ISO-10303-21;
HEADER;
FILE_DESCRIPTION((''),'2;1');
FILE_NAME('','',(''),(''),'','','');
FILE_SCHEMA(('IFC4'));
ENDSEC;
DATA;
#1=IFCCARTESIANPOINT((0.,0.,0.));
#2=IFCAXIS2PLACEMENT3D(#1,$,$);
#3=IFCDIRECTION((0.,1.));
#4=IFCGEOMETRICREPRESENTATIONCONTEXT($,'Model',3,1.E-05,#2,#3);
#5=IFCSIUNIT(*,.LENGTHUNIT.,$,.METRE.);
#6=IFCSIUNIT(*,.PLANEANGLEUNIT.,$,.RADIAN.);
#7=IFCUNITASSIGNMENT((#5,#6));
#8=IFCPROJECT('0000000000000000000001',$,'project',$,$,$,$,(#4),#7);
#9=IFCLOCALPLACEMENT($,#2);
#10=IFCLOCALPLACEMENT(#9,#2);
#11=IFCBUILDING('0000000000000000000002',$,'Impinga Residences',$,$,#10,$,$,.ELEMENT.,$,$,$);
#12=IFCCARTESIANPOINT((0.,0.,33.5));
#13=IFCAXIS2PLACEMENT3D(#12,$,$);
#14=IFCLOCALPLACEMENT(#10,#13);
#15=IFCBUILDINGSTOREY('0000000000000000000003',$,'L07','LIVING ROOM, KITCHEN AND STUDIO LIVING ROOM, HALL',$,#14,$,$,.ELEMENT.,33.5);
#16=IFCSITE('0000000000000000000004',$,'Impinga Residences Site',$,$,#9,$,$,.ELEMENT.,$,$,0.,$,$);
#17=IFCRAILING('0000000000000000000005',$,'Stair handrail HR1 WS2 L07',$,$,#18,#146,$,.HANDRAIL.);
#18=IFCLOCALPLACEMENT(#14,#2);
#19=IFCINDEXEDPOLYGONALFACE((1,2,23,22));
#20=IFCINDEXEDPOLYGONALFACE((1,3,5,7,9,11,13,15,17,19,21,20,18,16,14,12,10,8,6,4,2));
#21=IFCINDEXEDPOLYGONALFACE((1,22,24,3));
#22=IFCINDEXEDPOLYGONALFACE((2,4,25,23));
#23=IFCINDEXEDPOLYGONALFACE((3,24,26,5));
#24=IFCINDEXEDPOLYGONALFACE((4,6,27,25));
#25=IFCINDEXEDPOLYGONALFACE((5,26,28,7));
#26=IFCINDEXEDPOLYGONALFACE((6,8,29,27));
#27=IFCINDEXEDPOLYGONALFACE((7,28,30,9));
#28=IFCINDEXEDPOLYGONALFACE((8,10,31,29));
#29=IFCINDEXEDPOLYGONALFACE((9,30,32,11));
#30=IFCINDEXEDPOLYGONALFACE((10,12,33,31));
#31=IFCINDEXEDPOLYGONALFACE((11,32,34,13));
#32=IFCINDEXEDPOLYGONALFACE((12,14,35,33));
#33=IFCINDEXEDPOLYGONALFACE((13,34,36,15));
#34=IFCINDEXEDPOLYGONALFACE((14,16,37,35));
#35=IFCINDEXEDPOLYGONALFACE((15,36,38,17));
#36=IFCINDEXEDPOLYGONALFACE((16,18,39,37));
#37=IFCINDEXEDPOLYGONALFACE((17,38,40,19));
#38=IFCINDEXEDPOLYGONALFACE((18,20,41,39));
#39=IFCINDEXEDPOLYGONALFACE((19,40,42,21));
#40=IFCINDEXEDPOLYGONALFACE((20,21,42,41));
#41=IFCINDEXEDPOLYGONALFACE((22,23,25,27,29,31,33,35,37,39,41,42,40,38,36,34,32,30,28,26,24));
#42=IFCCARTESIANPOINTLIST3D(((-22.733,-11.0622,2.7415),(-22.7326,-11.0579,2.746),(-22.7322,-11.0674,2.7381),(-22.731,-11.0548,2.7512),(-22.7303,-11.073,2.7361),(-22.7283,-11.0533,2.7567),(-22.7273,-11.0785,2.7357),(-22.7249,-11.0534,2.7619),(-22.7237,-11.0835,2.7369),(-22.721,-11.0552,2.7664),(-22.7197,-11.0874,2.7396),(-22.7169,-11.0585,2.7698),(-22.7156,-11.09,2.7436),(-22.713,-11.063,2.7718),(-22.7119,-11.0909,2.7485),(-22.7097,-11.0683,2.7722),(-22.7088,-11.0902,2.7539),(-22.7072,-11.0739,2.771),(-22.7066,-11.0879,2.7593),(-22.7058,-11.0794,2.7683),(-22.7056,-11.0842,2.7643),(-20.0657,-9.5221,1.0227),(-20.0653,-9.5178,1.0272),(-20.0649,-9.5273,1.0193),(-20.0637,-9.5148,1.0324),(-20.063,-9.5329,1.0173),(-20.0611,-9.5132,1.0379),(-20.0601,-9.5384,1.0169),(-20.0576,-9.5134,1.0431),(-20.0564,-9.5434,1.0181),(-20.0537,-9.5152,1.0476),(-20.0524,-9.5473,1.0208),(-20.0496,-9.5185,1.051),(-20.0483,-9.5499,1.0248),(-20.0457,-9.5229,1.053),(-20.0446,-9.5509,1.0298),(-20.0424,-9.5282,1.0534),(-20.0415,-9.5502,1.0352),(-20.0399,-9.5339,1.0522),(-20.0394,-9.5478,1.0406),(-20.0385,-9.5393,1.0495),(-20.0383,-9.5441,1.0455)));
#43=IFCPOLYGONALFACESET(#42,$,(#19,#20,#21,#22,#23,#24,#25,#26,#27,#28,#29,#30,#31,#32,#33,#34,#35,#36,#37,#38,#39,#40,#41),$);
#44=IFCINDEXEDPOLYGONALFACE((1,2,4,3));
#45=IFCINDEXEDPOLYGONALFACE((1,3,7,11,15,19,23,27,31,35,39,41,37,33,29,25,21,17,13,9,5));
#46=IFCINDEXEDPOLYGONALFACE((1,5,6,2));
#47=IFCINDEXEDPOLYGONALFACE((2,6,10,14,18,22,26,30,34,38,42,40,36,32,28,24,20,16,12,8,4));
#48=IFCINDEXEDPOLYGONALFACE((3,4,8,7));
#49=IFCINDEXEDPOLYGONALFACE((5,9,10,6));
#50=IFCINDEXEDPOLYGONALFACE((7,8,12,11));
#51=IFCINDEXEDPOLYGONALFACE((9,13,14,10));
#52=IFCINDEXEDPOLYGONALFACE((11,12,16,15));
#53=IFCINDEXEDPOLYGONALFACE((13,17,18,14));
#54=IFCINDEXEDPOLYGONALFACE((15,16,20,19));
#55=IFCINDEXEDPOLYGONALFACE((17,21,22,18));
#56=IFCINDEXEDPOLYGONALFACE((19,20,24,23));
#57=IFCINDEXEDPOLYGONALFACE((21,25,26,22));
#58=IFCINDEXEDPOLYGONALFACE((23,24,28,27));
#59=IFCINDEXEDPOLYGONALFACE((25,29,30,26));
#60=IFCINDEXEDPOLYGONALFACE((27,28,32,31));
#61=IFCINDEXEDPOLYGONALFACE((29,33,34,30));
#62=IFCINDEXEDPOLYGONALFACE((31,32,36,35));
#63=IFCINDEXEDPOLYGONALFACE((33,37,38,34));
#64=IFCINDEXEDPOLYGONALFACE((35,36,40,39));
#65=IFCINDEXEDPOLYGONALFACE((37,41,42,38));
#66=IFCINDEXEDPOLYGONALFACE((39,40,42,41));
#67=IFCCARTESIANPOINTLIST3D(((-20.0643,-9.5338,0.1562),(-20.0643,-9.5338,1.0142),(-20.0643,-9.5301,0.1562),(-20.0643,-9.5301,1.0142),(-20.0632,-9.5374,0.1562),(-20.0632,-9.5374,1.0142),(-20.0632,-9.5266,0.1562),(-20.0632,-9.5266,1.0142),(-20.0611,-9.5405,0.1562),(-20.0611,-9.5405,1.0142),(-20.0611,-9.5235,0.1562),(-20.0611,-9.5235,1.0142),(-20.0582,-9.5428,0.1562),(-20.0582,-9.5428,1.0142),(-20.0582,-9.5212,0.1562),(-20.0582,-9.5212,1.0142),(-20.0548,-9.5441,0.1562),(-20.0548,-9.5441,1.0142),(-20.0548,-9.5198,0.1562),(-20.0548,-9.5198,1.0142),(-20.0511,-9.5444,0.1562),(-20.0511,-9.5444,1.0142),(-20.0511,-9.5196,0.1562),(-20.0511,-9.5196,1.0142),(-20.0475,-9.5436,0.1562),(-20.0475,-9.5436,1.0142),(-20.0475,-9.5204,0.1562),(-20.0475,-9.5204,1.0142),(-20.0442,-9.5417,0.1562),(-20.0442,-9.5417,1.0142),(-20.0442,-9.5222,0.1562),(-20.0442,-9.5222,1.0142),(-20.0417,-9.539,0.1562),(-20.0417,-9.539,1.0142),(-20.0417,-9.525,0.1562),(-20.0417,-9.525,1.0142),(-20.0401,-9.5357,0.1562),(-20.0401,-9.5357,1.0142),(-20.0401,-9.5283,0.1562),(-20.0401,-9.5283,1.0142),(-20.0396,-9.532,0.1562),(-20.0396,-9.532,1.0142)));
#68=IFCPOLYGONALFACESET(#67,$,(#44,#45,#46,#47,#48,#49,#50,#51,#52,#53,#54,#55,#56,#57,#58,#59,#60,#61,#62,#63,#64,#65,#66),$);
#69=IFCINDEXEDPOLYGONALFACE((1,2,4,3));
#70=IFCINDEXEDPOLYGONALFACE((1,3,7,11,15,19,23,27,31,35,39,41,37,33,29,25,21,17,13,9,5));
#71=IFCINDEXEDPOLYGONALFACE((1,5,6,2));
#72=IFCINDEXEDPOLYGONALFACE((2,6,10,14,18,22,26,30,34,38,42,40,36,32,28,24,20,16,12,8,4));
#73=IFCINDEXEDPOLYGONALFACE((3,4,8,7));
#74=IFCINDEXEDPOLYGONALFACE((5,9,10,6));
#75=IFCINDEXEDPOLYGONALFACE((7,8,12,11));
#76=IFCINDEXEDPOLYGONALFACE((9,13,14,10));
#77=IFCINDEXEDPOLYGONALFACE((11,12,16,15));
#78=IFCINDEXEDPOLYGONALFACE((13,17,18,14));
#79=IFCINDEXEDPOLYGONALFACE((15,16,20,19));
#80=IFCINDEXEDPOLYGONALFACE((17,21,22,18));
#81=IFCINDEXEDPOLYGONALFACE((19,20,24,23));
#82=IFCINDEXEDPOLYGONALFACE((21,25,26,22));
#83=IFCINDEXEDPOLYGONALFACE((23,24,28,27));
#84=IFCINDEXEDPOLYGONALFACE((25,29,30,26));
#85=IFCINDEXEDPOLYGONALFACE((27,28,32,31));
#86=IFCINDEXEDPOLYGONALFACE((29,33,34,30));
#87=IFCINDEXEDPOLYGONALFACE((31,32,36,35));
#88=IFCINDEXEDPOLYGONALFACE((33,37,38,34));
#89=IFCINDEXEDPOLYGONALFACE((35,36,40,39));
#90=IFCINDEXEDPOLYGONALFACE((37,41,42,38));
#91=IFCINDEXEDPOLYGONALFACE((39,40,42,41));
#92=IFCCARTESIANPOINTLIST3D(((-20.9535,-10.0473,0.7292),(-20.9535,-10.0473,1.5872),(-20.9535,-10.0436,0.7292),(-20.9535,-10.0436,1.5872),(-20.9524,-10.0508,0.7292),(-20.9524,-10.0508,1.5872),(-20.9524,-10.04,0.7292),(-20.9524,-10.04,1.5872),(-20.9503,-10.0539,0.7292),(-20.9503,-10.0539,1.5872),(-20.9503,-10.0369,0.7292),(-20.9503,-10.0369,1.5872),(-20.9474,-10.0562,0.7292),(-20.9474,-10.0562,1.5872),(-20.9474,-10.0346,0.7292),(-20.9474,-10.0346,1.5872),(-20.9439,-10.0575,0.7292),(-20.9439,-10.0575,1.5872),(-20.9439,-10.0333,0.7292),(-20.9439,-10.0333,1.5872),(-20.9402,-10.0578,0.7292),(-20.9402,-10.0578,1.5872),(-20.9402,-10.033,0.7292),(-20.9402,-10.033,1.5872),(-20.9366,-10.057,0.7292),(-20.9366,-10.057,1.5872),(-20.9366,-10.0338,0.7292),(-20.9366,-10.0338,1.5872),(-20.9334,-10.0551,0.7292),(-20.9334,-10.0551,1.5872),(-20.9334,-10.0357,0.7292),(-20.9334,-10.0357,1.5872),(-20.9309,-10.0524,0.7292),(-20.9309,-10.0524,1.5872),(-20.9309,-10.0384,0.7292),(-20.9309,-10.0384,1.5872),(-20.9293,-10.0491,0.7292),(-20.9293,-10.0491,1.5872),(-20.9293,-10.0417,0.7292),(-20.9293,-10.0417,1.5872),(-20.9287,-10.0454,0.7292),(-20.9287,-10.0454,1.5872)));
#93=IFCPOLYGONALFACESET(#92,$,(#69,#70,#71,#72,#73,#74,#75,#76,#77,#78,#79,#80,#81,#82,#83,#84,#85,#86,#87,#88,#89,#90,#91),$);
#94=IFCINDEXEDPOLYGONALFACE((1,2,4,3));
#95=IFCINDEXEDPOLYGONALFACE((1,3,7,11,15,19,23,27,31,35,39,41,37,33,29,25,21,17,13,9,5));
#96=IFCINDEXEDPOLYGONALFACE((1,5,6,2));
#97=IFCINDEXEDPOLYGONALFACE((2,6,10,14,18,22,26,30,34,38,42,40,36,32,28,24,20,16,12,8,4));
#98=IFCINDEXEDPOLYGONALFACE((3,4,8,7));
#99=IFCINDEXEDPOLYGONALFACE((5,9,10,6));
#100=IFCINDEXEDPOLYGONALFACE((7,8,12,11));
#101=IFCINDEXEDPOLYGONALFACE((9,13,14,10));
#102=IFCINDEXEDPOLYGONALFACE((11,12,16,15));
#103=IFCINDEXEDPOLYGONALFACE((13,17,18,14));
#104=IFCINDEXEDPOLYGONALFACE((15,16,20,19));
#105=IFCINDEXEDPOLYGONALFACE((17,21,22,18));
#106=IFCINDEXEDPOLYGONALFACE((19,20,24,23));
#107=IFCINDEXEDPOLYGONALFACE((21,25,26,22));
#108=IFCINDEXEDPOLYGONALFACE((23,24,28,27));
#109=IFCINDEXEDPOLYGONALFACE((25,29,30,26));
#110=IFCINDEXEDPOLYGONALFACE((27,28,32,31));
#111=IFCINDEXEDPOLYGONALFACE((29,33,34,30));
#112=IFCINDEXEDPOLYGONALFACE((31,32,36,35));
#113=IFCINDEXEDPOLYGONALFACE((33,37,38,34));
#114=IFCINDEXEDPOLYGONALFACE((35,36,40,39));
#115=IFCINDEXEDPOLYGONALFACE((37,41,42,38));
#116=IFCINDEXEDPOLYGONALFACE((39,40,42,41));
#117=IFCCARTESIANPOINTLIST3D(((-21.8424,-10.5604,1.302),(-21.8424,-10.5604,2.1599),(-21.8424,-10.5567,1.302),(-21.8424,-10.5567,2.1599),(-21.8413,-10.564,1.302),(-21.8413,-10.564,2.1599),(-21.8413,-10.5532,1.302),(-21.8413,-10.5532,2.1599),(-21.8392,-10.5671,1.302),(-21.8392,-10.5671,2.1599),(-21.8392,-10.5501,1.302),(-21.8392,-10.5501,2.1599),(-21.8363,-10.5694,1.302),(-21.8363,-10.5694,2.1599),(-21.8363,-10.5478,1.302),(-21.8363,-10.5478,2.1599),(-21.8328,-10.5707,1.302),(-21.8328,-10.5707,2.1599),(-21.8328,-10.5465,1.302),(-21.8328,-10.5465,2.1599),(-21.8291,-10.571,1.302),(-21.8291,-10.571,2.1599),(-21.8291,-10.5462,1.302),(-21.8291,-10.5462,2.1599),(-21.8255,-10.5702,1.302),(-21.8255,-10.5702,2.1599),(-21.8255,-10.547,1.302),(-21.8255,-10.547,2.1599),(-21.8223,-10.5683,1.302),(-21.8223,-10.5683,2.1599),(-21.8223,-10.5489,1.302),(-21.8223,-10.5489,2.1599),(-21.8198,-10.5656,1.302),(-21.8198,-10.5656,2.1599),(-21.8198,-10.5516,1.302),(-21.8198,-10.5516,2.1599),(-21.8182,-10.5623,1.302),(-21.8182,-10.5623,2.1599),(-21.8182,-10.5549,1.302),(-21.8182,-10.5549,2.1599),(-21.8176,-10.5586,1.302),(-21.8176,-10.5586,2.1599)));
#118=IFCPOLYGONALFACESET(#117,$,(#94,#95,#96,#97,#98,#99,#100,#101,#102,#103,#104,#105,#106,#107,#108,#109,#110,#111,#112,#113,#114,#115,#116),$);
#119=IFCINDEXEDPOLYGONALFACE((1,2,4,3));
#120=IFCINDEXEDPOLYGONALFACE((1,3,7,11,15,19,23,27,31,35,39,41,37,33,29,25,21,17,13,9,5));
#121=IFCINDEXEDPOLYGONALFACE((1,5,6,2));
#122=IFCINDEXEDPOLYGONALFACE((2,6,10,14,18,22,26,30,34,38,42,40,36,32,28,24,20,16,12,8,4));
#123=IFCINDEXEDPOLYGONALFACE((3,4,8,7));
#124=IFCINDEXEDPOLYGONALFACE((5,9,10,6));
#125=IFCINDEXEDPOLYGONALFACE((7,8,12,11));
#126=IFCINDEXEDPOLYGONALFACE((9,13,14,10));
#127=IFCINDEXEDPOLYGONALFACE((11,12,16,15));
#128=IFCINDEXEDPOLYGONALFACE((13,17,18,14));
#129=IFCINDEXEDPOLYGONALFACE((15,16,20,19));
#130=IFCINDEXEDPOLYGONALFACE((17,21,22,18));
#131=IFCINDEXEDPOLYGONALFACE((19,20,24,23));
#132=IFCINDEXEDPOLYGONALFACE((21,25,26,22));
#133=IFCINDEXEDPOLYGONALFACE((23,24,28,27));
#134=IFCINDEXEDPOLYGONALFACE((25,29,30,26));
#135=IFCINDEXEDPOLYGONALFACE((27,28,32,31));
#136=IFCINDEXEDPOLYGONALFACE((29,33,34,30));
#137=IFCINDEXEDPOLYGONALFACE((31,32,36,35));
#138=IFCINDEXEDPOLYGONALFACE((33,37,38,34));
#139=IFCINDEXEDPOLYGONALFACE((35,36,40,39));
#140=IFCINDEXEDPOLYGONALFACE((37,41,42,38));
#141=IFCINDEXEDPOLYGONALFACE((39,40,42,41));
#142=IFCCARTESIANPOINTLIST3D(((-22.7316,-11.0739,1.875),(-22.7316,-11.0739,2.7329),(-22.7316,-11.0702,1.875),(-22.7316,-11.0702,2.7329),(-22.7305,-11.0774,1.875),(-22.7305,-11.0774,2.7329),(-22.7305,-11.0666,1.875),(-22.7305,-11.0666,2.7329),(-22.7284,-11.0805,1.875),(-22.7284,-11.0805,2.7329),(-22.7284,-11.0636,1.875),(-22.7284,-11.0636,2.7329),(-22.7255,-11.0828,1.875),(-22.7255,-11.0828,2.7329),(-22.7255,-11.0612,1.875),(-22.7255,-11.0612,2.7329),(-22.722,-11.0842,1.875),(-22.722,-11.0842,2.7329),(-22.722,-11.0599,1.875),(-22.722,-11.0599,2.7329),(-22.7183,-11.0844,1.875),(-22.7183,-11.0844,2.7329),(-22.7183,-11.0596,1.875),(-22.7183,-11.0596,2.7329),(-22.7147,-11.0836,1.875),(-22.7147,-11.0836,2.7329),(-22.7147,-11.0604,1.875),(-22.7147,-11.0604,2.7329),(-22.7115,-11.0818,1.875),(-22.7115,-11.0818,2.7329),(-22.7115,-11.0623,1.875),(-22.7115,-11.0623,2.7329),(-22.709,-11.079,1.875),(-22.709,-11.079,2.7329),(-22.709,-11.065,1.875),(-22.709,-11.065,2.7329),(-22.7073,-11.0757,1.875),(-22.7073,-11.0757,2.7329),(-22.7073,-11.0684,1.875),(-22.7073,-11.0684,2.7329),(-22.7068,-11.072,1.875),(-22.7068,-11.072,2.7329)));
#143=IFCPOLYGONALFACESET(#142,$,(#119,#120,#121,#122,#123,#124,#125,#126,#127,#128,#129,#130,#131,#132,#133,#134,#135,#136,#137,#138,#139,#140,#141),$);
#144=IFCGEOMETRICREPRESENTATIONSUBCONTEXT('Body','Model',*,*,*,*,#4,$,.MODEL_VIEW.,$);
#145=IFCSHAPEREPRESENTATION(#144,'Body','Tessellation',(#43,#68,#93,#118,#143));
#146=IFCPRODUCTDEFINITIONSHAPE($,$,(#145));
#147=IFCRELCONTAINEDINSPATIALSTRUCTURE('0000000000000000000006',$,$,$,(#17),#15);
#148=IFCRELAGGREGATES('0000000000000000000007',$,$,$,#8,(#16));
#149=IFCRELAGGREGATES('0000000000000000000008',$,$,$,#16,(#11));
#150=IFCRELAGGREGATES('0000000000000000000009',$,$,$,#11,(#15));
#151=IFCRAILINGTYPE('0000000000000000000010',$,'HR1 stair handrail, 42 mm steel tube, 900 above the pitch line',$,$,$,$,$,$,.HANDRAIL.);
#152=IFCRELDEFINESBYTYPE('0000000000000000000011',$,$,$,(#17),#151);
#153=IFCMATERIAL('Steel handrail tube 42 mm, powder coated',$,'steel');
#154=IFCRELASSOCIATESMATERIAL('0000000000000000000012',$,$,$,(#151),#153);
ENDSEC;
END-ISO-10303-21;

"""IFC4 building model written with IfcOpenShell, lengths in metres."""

from ifc_helpers import new_model, si_unit, direction, frame, origin, origin_2d, place, context, subcontext, project, spatial, circle, extrude, material, type_object, element, save


model = new_model("IFC4")

# Units and contexts
model_context = context("Model", 3, precision=1e-05, world=origin(), true_north=direction((0.0, 1.0)))
body_context = subcontext(model_context, "Body", "Model", "MODEL_VIEW")
ifc_project = project(units=[si_unit("LENGTHUNIT", "METRE"), si_unit("PLANEANGLEUNIT", "RADIAN")], contexts=[model_context])

# Site, building, storey
site_placement = place(None, origin())
site = spatial("IfcSite", under=ifc_project, at=site_placement, Name="Impinga Residences Site", CompositionType="ELEMENT", RefElevation=0.0)
building_placement = place(site_placement, origin())
building = spatial("IfcBuilding", under=site, at=building_placement, Name="Impinga Residences", CompositionType="ELEMENT")
storey_placement = place(building_placement, frame((0.0, 0.0, 33.5)))
storey = spatial("IfcBuildingStorey", under=building, at=storey_placement, Name="L07", Description="LIVING ROOM, KITCHEN AND STUDIO LIVING ROOM, HALL", CompositionType="ELEMENT", Elevation=33.5)

# Railing
ifc_material_1 = material(Name="Steel handrail tube 42 mm, powder coated", Category="steel")
railing_type_1 = type_object("IfcRailingType", Name="HR1 stair handrail, 42 mm steel tube, 900 above the pitch line", PredefinedType="HANDRAIL", material=ifc_material_1)
railing_1_placement = place(storey_placement, frame((-20.052, -9.532, 0.1562)))
element("IfcRailing", 1, at=railing_1_placement, inside=storey, type_object=railing_type_1, Name="Stair handrail HR1 WS2 L07", PredefinedType="HANDRAIL", context=body_context, shape_type="SweptSolid", body=[
    extrude(circle(Radius=0.021, at=origin_2d()), frame((0.0, 0.0, 0.8789), z_axis=(-0.756226, -0.436639, 0.487307), x_axis=(0.500027, -0.86601, 0.0)), (0.0, 0.0, 1.0), 3.5271),
    extrude(circle(Radius=0.0125, at=origin_2d()), origin(), (0.0, 0.0, 1.0), 0.8579),
    extrude(circle(Radius=0.0125, at=origin_2d()), frame((-0.8892, -0.5134, 0.573)), (0.0, 0.0, 1.0), 0.8579),
    extrude(circle(Radius=0.0125, at=origin_2d()), frame((-1.7781, -1.0266, 1.1458)), (0.0, 0.0, 1.0), 0.8579),
    extrude(circle(Radius=0.0125, at=origin_2d()), frame((-2.6672, -1.54, 1.7188)), (0.0, 0.0, 1.0), 0.8579),
])

save(model, "model.ifc")
